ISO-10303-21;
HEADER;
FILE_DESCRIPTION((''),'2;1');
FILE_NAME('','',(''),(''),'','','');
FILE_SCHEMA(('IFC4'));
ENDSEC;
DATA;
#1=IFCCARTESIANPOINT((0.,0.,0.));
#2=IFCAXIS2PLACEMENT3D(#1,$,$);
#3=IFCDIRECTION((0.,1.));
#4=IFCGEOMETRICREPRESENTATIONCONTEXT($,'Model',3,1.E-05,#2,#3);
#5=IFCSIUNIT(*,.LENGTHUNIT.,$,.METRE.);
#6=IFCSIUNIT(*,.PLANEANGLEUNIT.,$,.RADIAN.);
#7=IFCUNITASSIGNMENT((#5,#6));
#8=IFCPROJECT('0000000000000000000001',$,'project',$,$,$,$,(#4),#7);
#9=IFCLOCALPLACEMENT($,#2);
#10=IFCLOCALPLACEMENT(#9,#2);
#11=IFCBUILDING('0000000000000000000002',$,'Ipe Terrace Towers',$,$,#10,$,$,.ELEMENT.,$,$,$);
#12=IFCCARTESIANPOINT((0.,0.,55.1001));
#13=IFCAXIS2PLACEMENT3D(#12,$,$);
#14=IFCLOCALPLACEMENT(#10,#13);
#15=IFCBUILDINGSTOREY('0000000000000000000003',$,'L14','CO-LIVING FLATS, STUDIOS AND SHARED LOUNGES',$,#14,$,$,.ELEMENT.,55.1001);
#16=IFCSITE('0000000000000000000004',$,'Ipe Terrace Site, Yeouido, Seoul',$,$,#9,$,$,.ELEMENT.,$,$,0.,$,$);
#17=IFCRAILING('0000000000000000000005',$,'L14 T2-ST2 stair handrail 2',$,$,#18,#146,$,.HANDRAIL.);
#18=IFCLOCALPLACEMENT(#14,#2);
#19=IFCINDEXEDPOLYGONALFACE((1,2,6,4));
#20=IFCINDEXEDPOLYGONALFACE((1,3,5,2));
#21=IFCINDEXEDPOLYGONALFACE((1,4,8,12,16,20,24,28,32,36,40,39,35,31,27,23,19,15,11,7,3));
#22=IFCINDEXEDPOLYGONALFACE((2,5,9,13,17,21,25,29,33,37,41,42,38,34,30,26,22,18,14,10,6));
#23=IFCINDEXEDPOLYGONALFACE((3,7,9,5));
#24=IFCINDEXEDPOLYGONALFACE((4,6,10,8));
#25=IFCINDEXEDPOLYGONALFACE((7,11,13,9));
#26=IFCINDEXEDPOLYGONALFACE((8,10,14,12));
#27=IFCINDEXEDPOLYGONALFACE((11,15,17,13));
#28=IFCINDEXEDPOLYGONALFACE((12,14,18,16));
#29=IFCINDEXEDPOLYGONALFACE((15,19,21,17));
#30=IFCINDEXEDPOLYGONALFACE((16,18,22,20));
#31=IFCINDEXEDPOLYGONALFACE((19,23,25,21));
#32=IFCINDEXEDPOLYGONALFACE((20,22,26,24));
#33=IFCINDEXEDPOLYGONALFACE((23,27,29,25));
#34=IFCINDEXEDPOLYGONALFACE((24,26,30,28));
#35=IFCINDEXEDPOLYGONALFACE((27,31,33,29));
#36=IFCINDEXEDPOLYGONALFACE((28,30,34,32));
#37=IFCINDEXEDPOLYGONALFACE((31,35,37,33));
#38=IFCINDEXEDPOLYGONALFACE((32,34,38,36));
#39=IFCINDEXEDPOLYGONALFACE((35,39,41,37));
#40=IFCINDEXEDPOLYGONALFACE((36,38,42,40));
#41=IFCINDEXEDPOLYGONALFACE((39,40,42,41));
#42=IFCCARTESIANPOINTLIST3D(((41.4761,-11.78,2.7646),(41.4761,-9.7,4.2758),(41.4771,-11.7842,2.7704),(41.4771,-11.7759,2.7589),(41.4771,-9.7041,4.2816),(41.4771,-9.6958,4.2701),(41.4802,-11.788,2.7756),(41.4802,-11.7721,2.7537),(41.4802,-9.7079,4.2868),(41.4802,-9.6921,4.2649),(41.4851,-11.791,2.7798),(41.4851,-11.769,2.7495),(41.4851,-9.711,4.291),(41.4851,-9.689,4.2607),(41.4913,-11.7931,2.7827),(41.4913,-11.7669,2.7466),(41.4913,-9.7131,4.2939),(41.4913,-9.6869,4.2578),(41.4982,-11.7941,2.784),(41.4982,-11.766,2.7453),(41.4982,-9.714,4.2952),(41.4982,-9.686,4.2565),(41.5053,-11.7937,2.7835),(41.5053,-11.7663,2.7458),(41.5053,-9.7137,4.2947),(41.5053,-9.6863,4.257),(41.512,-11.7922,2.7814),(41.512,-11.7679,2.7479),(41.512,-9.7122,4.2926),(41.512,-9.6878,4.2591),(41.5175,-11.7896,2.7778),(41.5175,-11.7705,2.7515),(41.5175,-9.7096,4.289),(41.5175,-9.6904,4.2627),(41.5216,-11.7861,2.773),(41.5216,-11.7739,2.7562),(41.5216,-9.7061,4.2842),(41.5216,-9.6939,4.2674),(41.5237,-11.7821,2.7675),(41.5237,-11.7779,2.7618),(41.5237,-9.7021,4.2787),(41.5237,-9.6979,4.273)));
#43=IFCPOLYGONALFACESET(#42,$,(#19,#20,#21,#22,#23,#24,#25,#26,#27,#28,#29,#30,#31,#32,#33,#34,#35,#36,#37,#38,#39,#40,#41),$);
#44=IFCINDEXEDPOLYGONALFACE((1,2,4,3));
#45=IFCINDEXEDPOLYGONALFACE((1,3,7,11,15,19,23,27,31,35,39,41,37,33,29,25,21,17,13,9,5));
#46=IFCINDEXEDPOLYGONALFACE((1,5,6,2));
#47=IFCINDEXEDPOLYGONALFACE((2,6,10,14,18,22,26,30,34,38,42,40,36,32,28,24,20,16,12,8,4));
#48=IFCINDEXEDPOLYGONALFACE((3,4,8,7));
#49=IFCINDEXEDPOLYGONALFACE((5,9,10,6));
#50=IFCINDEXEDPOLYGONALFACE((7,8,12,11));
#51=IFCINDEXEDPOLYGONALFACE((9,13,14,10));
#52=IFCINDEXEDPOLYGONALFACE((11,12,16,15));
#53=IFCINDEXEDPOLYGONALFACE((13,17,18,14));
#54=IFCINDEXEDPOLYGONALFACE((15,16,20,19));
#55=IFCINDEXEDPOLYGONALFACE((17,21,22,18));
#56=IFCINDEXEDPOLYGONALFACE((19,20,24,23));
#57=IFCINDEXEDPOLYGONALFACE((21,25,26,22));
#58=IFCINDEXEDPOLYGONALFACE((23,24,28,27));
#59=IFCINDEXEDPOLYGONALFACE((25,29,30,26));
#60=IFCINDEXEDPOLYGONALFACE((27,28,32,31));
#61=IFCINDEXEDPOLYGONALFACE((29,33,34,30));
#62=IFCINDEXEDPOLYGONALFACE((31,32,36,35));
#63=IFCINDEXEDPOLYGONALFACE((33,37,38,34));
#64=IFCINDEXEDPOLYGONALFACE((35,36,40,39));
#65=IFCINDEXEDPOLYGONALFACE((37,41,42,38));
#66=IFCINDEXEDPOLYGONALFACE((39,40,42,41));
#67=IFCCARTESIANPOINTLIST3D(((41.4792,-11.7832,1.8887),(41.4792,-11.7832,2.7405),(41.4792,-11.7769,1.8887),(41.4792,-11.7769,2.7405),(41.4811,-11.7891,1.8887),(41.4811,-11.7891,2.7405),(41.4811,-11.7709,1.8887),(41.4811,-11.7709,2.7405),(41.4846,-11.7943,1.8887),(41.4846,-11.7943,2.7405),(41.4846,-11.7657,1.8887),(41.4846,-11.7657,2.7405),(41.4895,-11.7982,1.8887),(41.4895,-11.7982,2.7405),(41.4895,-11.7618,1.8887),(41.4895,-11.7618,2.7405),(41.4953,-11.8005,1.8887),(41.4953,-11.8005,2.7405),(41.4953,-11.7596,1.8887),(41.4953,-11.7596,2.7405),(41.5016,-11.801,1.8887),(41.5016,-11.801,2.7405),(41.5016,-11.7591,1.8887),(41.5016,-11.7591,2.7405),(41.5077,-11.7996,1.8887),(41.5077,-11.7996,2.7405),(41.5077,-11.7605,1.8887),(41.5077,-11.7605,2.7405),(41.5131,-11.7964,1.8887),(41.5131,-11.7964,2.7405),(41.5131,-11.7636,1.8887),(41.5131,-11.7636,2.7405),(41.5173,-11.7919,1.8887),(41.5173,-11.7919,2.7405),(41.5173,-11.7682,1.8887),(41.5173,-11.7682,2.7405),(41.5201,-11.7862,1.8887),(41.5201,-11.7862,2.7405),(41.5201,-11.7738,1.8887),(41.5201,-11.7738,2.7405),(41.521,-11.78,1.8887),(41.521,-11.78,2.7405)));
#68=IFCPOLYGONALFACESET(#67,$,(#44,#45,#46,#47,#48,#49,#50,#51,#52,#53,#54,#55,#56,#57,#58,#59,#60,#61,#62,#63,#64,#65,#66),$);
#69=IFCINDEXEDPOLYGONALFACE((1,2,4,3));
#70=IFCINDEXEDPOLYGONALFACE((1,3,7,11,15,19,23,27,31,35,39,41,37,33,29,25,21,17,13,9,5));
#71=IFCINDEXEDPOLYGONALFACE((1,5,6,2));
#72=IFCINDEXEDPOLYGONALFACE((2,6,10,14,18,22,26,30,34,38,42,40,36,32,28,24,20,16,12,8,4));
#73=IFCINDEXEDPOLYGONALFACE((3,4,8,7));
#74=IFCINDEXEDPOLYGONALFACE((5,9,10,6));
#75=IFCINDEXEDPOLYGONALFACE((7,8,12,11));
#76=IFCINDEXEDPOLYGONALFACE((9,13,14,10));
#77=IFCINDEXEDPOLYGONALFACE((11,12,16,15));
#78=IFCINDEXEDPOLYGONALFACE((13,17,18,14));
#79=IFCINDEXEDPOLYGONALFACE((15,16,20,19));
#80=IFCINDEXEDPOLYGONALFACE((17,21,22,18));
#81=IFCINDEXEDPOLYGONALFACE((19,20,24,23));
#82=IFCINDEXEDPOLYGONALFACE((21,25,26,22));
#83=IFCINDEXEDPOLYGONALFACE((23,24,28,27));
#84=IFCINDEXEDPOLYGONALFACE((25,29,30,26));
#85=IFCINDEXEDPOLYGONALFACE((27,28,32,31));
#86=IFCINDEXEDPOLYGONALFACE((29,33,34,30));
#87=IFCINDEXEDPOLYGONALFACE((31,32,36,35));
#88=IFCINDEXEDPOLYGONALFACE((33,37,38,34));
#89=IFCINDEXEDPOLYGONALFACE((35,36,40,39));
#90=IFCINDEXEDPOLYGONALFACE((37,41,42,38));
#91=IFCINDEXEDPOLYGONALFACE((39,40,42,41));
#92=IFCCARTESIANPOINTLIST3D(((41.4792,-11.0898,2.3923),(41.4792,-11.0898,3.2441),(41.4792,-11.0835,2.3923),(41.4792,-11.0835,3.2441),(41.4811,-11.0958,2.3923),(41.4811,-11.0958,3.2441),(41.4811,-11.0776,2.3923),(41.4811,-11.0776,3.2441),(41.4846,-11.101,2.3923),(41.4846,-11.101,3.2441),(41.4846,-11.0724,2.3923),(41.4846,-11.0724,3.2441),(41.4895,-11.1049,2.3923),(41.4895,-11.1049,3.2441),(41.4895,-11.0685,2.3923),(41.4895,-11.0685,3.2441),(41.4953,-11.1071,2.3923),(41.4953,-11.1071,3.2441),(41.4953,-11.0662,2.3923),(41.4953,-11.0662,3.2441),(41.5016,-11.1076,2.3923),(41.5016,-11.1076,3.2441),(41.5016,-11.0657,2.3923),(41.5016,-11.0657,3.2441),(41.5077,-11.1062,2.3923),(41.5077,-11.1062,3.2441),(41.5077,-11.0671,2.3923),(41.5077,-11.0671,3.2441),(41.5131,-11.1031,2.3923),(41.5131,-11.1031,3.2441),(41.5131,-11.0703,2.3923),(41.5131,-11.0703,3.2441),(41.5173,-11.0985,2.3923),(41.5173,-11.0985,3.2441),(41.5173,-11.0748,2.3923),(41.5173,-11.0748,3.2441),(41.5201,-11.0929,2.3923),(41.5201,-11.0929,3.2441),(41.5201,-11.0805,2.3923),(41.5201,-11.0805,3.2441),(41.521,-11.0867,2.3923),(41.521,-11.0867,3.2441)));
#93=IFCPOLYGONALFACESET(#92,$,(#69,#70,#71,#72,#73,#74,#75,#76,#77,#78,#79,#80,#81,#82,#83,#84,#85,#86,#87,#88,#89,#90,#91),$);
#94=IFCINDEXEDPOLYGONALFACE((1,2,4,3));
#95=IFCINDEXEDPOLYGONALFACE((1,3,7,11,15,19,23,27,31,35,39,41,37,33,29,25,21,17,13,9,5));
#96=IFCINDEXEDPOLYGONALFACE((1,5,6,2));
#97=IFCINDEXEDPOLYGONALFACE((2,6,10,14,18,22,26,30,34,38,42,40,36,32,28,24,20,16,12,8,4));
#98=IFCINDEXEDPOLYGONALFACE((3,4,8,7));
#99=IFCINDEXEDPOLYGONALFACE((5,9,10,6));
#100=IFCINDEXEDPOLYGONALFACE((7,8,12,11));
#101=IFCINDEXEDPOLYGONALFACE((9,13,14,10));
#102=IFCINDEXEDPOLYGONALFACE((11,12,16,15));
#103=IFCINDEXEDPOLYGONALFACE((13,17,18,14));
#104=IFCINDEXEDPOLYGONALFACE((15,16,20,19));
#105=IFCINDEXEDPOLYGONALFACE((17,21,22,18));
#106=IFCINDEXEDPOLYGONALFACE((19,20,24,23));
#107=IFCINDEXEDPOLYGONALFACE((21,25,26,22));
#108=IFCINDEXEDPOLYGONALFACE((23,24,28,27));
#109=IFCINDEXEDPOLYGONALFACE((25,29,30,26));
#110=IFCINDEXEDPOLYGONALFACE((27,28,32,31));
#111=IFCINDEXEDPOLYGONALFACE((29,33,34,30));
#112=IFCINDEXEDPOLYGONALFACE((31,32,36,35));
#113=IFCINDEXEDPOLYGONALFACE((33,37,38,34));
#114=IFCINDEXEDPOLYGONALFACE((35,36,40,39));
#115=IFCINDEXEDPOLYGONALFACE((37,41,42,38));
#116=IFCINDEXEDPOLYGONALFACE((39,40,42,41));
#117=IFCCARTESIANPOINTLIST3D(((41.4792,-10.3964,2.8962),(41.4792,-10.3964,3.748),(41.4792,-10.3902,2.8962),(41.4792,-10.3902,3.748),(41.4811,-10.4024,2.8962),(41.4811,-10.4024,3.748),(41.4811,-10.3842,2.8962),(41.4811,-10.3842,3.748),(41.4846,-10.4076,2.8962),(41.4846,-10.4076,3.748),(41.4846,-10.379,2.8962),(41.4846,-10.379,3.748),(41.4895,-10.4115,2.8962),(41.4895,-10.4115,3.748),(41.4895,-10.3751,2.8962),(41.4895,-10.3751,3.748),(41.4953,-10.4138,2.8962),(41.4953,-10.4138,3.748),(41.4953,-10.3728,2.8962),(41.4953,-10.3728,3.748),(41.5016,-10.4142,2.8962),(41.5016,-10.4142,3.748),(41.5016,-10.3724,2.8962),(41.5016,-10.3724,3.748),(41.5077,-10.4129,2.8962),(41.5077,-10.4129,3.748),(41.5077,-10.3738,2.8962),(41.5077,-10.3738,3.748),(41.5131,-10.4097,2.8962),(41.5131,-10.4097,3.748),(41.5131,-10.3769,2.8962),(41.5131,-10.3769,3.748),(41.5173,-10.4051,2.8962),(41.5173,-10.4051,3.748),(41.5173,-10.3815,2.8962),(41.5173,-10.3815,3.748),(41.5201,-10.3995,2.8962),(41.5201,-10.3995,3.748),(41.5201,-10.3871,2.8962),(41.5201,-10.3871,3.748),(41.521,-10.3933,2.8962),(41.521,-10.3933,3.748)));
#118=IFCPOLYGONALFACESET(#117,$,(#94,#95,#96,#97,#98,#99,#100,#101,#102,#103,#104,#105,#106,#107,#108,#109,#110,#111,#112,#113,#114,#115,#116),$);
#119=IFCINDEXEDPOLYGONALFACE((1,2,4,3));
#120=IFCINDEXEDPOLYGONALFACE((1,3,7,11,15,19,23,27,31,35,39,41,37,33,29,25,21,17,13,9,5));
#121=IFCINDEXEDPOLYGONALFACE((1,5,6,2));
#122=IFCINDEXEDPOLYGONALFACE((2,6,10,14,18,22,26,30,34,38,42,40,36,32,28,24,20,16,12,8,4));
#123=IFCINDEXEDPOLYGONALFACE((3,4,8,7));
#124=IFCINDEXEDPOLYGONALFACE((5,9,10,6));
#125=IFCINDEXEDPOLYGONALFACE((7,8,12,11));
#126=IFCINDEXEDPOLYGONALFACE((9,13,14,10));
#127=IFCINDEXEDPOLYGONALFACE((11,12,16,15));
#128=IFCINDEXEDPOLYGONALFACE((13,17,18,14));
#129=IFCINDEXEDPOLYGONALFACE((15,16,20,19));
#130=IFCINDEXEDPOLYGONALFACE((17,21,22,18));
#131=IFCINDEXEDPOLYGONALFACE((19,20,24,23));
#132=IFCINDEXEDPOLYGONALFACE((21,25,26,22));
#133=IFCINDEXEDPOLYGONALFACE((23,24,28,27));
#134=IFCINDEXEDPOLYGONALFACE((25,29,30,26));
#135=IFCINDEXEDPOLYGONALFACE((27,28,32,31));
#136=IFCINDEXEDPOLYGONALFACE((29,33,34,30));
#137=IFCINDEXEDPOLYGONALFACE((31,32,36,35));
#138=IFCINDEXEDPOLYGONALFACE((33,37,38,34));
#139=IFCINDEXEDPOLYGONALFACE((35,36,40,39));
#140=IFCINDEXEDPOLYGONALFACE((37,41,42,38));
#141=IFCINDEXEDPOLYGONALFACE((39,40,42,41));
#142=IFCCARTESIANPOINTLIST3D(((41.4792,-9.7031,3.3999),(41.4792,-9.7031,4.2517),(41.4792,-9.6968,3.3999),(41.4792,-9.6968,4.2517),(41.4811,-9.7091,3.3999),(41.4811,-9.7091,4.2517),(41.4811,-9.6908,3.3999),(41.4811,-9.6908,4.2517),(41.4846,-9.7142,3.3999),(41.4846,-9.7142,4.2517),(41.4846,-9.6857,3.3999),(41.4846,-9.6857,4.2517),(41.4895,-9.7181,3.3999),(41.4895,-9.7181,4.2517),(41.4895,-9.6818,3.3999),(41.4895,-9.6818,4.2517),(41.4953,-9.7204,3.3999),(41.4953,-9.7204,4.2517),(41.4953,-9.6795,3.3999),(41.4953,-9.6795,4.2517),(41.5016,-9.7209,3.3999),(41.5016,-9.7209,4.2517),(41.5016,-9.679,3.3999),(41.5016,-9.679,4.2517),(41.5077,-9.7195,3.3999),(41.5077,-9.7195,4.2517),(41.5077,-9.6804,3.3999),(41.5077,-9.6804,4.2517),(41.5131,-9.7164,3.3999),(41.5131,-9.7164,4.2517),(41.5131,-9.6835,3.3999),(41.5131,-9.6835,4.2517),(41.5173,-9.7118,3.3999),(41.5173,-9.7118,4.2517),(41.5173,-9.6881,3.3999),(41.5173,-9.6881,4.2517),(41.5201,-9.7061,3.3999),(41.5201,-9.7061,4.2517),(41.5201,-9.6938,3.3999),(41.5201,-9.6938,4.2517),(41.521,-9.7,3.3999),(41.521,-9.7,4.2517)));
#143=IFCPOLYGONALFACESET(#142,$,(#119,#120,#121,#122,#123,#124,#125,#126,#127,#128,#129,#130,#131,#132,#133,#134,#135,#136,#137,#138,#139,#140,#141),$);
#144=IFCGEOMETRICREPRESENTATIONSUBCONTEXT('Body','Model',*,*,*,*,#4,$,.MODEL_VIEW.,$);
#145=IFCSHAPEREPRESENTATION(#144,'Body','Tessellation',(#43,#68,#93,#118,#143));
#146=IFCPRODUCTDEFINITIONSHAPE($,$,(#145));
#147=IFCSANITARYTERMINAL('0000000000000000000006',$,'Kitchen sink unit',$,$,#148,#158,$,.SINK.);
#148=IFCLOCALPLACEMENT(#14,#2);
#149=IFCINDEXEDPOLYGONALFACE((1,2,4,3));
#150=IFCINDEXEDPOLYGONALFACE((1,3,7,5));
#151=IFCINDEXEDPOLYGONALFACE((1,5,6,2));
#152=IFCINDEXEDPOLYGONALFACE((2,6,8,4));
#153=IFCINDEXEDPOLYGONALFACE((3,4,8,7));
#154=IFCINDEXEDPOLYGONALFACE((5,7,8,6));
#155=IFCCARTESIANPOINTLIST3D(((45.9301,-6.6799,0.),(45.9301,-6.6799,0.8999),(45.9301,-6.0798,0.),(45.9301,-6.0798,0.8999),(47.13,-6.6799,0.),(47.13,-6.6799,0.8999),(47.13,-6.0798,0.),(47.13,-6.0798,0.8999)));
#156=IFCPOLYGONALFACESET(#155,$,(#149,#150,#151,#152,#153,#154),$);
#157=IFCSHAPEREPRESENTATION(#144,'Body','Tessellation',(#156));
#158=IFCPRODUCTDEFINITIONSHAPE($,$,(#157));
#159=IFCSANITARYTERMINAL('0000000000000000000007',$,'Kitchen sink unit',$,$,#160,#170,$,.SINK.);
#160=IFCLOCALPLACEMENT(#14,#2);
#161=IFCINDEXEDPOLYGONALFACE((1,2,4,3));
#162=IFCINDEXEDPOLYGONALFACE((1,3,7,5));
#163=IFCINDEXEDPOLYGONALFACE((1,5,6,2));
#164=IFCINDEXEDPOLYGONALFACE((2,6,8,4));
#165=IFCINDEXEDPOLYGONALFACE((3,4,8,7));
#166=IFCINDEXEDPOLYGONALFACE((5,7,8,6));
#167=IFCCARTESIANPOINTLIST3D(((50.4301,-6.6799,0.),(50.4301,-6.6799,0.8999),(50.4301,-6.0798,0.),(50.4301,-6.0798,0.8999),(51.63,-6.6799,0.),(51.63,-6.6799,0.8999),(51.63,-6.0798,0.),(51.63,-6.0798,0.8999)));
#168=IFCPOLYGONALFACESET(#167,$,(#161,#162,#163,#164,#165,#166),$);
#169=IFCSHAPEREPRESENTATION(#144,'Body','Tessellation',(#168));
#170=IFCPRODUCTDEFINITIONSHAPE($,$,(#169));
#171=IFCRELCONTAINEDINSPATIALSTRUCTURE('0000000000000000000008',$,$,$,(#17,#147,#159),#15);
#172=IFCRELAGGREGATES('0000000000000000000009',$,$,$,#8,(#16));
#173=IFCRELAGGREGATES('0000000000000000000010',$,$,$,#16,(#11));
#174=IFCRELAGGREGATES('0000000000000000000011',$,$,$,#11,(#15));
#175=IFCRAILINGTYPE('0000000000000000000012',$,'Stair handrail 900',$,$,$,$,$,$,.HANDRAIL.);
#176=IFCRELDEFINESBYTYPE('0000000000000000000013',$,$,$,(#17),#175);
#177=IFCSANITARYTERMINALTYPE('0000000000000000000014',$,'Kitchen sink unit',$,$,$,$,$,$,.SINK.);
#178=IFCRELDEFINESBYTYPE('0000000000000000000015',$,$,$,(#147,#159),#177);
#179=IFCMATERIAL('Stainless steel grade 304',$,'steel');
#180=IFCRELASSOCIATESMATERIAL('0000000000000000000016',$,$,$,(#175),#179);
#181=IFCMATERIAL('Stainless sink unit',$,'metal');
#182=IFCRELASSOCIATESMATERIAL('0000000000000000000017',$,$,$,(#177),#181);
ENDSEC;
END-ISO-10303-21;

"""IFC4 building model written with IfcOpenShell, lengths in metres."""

from ifc_helpers import new_model, si_unit, direction, frame, origin, origin_2d, place, context, subcontext, project, spatial, rectangle, circle, extrude, material, type_object, element, save


model = new_model("IFC4")

# Units and contexts
model_context = context("Model", 3, precision=1e-05, world=origin(), true_north=direction((0.0, 1.0)))
body_context = subcontext(model_context, "Body", "Model", "MODEL_VIEW")
ifc_project = project(units=[si_unit("LENGTHUNIT", "METRE"), si_unit("PLANEANGLEUNIT", "RADIAN")], contexts=[model_context])

# Site, building, storey
site_placement = place(None, origin())
site = spatial("IfcSite", under=ifc_project, at=site_placement, Name="Ipe Terrace Site, Yeouido, Seoul", CompositionType="ELEMENT", RefElevation=0.0)
building_placement = place(site_placement, origin())
building = spatial("IfcBuilding", under=site, at=building_placement, Name="Ipe Terrace Towers", CompositionType="ELEMENT")
storey_placement = place(building_placement, frame((0.0, 0.0, 55.1001)))
storey = spatial("IfcBuildingStorey", under=building, at=storey_placement, Name="L14", Description="CO-LIVING FLATS, STUDIOS AND SHARED LOUNGES", CompositionType="ELEMENT", Elevation=55.1001)

# Railing
ifc_material_1 = material(Name="Stainless steel grade 304", Category="steel")
railing_type_1 = type_object("IfcRailingType", Name="Stair handrail 900", PredefinedType="HANDRAIL", material=ifc_material_1)
railing_1_placement = place(storey_placement, frame((41.5, -11.78, 1.8887)))
element("IfcRailing", 1, at=railing_1_placement, inside=storey, type_object=railing_type_1, Name="L14 T2-ST2 stair handrail 2", PredefinedType="HANDRAIL", context=body_context, shape_type="SweptSolid", body=[
    extrude(circle(Radius=0.0239, at=origin_2d()), frame((0.0, 0.0, 0.876), z_axis=(0.0, 0.809023, 0.587776), x_axis=(-1.0, 0.0, 0.0)), (0.0, 0.0, 1.0), 2.571),
    extrude(circle(Radius=0.021, at=origin_2d()), origin(), (0.0, 0.0, 1.0), 0.8518),
    extrude(circle(Radius=0.021, at=origin_2d()), frame((0.0, 0.6934, 0.5037)), (0.0, 0.0, 1.0), 0.8518),
    extrude(circle(Radius=0.021, at=origin_2d()), frame((0.0, 1.3867, 1.0076)), (0.0, 0.0, 1.0), 0.8518),
    extrude(circle(Radius=0.021, at=origin_2d()), frame((0.0, 2.0801, 1.5112)), (0.0, 0.0, 1.0), 0.8518),
])

# Sanitary terminals
ifc_material_2 = material(Name="Stainless sink unit", Category="metal")
sanitary_terminal_type = type_object("IfcSanitaryTerminalType", Name="Kitchen sink unit", PredefinedType="SINK", material=ifc_material_2)
for number, where, z_axis, x_axis, name in (
    (2, (46.53, -6.3799, 0.0), (0.0, 0.0, 1.0), (-1.0, 0.0, 0.0), "Kitchen sink unit"),
    (3, (51.03, -6.3799, 0.0), (0.0, 0.0, 1.0), (-1.0, 0.0, 0.0), "Kitchen sink unit"),
):
    element("IfcSanitaryTerminal", number, at=place(storey_placement, frame(where, z_axis=z_axis, x_axis=x_axis)), inside=storey, type_object=sanitary_terminal_type, Name=name, PredefinedType="SINK", context=body_context, shape_type="SweptSolid", body=[
        extrude(rectangle(XDim=1.2, YDim=0.6001, at=origin_2d()), origin(), (0.0, 0.0, 1.0), 0.8999),
    ])

save(model, "model.ifc")
